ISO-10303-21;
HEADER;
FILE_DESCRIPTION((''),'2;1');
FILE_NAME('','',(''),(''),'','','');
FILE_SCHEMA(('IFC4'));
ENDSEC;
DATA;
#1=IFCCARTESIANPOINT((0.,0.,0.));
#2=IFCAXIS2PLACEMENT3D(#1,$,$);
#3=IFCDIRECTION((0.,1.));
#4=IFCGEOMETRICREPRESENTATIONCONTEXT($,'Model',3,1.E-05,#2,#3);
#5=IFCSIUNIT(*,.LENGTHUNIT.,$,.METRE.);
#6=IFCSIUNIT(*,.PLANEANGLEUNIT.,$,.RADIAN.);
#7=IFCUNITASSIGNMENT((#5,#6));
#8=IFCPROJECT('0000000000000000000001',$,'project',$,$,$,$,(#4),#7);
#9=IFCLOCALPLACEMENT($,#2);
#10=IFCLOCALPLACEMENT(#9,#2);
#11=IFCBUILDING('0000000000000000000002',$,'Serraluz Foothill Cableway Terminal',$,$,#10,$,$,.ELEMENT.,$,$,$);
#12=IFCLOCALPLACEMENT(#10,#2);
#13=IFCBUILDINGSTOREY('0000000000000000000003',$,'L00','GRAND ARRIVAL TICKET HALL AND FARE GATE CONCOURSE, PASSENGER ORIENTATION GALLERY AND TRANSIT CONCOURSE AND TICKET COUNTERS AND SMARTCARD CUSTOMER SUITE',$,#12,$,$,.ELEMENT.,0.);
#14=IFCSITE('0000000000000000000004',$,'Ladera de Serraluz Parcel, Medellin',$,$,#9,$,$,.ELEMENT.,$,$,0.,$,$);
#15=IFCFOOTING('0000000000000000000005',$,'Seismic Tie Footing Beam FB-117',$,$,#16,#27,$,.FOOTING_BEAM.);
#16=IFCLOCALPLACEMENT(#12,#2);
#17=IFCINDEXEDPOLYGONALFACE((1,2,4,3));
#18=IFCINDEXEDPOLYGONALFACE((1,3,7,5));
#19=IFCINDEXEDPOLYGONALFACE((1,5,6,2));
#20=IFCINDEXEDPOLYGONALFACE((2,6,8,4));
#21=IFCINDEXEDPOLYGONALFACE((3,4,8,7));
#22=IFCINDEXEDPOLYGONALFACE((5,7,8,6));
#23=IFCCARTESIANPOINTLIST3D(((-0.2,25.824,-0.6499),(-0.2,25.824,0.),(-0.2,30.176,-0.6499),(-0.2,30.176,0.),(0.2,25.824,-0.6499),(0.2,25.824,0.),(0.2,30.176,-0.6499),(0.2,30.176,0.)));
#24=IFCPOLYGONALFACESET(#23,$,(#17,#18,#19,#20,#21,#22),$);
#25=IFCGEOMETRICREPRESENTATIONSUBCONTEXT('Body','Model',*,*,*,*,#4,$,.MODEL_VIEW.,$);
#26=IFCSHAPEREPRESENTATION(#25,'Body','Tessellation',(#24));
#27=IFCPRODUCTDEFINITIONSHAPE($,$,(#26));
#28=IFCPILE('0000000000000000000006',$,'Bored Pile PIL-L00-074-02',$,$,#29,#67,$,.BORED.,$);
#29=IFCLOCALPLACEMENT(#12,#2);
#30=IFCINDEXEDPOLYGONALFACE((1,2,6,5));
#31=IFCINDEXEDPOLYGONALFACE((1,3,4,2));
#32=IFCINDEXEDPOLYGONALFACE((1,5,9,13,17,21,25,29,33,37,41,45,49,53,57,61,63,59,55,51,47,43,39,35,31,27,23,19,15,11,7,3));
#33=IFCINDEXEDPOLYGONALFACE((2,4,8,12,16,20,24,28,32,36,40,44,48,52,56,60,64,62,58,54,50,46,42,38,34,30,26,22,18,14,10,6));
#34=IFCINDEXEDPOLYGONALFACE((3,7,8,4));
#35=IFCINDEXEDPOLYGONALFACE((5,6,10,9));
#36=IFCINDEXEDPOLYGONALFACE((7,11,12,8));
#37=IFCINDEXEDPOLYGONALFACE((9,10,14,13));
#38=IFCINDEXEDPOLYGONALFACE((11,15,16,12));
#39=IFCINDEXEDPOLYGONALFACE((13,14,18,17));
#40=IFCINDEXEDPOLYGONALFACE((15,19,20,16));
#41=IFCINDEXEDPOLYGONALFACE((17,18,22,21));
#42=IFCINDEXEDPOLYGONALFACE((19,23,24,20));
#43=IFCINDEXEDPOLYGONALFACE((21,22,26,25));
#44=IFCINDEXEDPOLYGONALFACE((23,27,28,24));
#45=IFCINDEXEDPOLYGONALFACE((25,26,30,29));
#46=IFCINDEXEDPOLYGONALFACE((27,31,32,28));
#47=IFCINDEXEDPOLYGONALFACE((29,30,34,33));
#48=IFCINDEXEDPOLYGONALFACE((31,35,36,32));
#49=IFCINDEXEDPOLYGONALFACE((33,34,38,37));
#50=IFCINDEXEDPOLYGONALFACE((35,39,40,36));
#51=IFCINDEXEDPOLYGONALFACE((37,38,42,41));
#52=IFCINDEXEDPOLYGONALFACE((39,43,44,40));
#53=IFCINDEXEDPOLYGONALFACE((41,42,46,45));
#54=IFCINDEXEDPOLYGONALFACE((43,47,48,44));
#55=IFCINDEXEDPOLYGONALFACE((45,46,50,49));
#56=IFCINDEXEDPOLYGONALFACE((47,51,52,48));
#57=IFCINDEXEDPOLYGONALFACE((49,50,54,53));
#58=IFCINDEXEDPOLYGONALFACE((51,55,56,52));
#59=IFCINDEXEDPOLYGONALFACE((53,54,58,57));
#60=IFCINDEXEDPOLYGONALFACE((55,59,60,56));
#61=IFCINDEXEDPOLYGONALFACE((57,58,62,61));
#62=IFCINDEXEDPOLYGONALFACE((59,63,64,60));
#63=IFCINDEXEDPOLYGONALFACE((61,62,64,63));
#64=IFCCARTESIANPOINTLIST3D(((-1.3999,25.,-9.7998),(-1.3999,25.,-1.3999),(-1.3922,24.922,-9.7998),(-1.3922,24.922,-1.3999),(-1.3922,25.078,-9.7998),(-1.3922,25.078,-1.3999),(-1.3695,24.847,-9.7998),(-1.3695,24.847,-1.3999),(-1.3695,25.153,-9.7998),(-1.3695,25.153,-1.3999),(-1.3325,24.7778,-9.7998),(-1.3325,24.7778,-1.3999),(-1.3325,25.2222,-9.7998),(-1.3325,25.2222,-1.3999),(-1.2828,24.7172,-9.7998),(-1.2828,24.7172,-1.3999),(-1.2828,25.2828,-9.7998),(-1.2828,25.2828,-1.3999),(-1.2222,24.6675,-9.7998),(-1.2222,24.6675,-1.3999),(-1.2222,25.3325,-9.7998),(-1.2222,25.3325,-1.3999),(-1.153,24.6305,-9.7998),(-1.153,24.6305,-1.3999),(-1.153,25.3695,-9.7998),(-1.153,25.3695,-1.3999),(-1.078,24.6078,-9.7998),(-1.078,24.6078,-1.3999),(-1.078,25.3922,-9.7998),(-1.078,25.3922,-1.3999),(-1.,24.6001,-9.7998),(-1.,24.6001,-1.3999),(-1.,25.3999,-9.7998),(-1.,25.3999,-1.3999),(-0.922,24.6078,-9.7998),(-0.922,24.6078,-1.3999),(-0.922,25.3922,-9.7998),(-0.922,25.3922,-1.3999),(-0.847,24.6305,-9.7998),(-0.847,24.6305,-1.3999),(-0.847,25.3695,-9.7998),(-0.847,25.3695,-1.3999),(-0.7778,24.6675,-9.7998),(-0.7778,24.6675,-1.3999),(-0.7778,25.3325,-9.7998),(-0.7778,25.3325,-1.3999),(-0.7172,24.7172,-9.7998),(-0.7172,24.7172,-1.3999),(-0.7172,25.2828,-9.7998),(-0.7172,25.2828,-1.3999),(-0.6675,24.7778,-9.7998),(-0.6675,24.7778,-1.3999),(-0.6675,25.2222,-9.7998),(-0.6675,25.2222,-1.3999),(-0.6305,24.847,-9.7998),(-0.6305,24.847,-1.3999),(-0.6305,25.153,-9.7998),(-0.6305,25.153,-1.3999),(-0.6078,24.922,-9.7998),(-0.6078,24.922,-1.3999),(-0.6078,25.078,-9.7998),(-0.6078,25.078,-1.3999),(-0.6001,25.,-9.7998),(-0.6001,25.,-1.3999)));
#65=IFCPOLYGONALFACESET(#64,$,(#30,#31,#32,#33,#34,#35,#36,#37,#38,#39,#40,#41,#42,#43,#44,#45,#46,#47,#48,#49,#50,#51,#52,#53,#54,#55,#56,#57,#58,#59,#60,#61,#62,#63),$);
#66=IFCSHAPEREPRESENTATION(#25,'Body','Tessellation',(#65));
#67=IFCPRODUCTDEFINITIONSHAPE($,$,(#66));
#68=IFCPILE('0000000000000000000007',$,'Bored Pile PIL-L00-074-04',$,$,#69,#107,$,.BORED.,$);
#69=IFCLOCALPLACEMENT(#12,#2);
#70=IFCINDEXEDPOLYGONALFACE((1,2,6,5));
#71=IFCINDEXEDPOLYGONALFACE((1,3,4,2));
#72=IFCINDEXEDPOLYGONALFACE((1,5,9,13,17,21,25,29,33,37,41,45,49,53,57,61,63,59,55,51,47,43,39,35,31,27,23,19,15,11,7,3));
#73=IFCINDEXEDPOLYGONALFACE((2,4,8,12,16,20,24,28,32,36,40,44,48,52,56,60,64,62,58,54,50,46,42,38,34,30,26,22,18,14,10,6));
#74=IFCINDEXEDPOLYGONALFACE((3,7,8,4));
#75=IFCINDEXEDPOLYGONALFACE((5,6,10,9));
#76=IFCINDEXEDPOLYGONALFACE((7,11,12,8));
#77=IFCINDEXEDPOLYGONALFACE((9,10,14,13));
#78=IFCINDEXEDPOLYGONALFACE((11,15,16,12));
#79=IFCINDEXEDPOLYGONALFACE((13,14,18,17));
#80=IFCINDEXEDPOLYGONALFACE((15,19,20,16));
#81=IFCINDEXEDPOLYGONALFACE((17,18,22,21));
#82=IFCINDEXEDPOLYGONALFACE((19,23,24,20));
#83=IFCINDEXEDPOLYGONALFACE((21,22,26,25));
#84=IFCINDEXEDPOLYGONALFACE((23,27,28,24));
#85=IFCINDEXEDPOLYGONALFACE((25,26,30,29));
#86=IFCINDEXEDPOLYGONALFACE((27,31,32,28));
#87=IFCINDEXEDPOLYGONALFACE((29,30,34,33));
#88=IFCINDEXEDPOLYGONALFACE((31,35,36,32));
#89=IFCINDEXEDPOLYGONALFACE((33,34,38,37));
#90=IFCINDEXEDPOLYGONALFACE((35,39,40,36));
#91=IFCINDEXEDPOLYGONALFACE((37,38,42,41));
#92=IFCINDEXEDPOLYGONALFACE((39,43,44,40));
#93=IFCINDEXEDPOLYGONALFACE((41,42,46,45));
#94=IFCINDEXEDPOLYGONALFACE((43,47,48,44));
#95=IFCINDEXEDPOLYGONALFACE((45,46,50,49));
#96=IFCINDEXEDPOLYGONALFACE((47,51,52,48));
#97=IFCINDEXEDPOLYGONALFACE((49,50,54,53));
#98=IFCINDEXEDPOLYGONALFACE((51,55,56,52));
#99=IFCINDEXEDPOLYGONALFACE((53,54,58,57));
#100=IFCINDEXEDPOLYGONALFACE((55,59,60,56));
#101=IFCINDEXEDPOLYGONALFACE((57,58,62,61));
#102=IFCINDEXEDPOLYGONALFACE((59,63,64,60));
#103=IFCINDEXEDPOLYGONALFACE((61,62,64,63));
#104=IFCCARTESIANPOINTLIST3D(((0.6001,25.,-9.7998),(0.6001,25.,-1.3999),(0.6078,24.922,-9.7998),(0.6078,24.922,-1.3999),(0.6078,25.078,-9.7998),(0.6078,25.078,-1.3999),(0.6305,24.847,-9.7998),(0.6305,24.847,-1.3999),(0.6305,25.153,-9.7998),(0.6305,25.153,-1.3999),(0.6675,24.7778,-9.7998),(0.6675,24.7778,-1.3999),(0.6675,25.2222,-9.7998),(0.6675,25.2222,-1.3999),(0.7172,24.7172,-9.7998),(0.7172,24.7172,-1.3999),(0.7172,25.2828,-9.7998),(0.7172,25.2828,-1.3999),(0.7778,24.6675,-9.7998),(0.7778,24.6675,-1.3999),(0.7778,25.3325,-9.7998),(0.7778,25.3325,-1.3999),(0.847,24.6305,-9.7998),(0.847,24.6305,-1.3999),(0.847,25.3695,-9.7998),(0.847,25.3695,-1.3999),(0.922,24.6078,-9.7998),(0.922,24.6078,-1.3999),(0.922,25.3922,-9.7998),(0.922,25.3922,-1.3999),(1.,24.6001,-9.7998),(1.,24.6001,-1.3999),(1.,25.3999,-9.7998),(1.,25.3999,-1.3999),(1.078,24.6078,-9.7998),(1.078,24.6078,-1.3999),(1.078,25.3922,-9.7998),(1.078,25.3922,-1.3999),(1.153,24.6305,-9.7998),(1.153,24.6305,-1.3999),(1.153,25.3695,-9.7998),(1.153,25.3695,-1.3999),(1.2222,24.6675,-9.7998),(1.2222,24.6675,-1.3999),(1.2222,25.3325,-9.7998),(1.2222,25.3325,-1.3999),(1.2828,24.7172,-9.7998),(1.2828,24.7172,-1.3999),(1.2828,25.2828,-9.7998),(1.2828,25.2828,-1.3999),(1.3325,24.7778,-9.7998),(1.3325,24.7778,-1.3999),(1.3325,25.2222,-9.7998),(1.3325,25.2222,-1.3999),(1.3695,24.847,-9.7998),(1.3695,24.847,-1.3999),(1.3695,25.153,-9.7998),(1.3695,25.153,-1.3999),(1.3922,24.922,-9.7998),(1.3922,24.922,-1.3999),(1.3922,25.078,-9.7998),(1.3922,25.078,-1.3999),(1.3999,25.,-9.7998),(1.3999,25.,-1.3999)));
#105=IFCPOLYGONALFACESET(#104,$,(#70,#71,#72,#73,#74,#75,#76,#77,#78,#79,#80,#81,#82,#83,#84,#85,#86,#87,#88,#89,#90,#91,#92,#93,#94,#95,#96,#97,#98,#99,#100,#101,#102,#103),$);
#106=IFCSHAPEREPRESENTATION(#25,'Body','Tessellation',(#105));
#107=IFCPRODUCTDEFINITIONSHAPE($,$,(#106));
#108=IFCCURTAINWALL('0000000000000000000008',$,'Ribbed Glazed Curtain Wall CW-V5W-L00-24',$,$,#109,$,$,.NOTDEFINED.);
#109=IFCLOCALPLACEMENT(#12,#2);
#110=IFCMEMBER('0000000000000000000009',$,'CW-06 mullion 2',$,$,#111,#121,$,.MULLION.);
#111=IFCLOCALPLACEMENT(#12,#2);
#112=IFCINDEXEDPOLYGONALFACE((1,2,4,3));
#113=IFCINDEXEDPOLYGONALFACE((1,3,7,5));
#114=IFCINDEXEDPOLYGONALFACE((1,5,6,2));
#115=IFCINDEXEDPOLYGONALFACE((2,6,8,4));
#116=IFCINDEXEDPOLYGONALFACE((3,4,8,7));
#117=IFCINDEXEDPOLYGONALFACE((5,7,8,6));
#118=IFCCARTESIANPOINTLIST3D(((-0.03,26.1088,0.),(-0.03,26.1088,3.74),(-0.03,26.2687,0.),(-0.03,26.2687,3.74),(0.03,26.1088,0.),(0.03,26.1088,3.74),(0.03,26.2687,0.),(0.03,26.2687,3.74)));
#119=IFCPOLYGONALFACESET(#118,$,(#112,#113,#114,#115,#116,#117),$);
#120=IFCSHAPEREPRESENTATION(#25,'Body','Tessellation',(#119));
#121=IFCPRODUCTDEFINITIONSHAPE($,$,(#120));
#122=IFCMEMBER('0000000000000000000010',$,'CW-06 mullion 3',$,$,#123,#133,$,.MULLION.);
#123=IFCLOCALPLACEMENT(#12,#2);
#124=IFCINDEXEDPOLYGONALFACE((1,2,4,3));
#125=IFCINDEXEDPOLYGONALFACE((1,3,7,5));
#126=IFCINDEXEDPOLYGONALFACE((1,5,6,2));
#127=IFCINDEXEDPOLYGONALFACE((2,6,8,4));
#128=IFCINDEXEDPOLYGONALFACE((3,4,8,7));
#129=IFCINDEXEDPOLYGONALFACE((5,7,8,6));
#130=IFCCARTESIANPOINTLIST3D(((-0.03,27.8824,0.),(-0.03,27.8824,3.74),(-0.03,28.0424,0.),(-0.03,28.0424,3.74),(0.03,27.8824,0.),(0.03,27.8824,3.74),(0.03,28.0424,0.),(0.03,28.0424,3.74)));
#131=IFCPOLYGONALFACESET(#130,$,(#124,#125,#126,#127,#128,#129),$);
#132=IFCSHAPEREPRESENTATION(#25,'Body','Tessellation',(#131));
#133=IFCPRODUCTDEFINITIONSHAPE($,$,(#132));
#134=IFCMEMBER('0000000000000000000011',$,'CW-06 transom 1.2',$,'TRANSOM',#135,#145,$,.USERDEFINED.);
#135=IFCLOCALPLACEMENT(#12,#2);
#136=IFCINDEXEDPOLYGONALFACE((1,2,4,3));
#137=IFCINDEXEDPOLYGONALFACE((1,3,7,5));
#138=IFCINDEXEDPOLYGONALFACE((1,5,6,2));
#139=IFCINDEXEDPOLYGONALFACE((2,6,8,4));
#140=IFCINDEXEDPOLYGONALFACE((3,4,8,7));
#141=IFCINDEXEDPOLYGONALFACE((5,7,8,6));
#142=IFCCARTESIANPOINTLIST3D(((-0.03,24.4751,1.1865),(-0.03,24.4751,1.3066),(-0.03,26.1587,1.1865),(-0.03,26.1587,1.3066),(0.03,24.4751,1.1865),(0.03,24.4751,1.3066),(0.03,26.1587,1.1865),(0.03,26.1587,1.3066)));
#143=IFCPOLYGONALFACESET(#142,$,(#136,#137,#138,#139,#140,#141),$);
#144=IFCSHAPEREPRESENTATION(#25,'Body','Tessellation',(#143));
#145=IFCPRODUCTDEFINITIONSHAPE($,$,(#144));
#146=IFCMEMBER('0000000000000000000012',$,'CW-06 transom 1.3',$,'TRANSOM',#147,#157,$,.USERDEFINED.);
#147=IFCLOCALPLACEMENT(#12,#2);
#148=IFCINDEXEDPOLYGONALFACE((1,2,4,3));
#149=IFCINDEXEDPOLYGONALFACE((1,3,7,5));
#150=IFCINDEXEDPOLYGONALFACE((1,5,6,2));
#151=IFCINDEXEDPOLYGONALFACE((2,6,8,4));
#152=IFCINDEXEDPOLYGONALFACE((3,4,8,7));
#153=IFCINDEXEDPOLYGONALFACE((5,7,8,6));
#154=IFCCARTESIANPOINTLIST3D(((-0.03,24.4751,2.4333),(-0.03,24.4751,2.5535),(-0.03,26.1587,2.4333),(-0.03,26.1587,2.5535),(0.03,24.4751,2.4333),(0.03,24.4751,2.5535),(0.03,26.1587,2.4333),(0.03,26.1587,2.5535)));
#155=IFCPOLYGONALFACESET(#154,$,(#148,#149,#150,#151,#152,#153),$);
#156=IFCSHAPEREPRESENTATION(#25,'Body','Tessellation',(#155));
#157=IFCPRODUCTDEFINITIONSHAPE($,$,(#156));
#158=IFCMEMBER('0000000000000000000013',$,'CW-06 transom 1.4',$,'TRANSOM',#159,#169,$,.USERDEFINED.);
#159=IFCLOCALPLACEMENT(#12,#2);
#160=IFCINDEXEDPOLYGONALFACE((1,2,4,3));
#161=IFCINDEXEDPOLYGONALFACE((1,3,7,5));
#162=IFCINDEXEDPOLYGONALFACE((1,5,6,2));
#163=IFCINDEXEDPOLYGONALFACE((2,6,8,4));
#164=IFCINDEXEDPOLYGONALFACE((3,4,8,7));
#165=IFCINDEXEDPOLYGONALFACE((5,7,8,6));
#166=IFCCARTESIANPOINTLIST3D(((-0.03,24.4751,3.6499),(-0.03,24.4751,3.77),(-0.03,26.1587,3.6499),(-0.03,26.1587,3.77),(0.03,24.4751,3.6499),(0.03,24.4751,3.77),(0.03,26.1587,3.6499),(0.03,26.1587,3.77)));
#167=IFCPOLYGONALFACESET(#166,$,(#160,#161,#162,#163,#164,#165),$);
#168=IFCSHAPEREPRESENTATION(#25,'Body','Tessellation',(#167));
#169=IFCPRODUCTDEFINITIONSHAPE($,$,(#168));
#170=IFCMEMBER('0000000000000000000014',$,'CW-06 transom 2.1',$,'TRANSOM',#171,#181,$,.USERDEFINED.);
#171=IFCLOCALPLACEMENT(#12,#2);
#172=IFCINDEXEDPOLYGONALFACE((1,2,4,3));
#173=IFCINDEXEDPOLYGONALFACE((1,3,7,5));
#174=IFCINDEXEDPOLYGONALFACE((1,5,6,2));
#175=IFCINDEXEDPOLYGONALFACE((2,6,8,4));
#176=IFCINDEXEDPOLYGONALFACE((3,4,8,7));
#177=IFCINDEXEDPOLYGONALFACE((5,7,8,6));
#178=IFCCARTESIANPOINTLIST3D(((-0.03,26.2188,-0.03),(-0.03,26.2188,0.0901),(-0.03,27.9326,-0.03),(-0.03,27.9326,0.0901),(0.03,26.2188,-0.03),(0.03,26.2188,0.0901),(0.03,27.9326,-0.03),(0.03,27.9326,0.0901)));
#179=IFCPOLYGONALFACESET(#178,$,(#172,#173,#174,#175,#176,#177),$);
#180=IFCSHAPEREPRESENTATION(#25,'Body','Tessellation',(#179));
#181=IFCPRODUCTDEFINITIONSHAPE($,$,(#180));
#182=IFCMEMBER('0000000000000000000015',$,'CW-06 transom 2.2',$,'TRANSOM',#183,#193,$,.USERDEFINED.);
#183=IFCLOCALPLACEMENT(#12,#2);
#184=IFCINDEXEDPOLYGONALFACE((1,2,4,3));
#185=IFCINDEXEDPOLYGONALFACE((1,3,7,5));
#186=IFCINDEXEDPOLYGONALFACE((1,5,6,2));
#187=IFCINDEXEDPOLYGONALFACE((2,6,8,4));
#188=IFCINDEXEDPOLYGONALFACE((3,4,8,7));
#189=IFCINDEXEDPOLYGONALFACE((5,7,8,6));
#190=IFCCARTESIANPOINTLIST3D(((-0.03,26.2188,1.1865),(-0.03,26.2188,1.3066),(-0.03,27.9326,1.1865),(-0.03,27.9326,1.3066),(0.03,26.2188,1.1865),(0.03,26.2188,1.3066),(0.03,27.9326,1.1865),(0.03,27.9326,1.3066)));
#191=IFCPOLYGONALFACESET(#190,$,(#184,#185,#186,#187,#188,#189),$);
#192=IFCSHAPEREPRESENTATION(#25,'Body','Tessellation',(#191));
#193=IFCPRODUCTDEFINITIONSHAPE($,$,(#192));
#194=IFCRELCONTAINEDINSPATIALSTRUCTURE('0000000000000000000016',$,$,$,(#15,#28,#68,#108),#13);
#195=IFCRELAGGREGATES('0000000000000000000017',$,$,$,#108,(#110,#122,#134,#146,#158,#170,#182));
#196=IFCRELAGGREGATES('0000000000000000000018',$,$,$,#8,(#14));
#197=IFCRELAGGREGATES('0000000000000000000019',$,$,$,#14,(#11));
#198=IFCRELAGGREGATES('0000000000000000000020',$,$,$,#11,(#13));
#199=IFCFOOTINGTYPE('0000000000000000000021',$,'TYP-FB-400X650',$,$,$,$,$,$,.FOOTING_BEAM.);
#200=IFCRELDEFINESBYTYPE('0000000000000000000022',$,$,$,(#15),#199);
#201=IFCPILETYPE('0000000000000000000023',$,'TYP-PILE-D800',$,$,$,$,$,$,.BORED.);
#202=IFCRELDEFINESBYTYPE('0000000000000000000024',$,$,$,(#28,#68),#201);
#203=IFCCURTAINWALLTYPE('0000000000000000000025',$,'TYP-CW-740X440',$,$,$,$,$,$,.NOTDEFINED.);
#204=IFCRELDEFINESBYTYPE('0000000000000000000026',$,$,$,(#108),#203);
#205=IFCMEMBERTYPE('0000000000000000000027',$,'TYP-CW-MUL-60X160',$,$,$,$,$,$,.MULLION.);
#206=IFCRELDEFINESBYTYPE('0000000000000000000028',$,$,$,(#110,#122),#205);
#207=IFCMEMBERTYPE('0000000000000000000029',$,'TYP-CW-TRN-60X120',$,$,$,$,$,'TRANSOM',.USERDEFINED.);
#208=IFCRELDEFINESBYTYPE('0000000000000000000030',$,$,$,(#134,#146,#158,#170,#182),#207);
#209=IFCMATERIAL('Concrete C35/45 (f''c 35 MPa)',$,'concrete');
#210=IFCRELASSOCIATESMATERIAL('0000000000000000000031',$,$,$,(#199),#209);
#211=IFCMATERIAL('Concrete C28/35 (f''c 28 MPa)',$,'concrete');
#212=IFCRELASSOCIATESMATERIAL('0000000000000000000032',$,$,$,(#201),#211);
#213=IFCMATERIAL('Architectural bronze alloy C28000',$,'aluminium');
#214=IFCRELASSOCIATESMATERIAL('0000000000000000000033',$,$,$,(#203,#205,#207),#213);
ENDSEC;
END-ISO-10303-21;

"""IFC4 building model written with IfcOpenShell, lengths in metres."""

from ifc_helpers import new_model, si_unit, direction, frame, origin, origin_2d, place, context, subcontext, project, spatial, rectangle, circle, extrude, material, material_profile, profile_set, type_object, element, aggregate, save


model = new_model("IFC4")

# Units and contexts
model_context = context("Model", 3, precision=1e-05, world=origin(), true_north=direction((0.0, 1.0)))
body_context = subcontext(model_context, "Body", "Model", "MODEL_VIEW")
ifc_project = project(units=[si_unit("LENGTHUNIT", "METRE"), si_unit("PLANEANGLEUNIT", "RADIAN")], contexts=[model_context])

# Site, building, storey
site_placement = place(None, origin())
site = spatial("IfcSite", under=ifc_project, at=site_placement, Name="Ladera de Serraluz Parcel, Medellin", CompositionType="ELEMENT", RefElevation=0.0)
building_placement = place(site_placement, origin())
building = spatial("IfcBuilding", under=site, at=building_placement, Name="Serraluz Foothill Cableway Terminal", CompositionType="ELEMENT")
storey_placement = place(building_placement, origin())
storey = spatial("IfcBuildingStorey", under=building, at=storey_placement, Name="L00", Description="GRAND ARRIVAL TICKET HALL AND FARE GATE CONCOURSE, PASSENGER ORIENTATION GALLERY AND TRANSIT CONCOURSE AND TICKET COUNTERS AND SMARTCARD CUSTOMER SUITE", CompositionType="ELEMENT", Elevation=0.0)

# Footing
ifc_material_1 = material(Name="Concrete C35/45 (f'c 35 MPa)", Category="concrete")
ifc_material_profile_1 = material_profile(ifc_material_1, rectangle(XDim=0.3999, YDim=0.6499, at=origin_2d()), Name="RC 400x650")
ifc_profile_set_1 = profile_set([ifc_material_profile_1], Name="Concrete C35/45 (f'c 35 MPa)")
footing_type = type_object("IfcFootingType", Name="TYP-FB-400X650", PredefinedType="FOOTING_BEAM", material=ifc_profile_set_1)
footing_placement = place(storey_placement, frame((0.0, 25.824, -0.325), z_axis=(0.0, 1.0, 0.0), x_axis=(-1.0, 0.0, 0.0)))
element("IfcFooting", 1, at=footing_placement, inside=storey, type_object=footing_type, Name="Seismic Tie Footing Beam FB-117", PredefinedType="FOOTING_BEAM", context=body_context, shape_type="SweptSolid", body=[
    extrude(rectangle(XDim=0.3999, YDim=0.6499, at=origin_2d()), origin(), (0.0, 0.0, 1.0), 4.3521),
])

# Piles
ifc_material_2 = material(Name="Concrete C28/35 (f'c 28 MPa)", Category="concrete")
ifc_material_profile_2 = material_profile(ifc_material_2, circle(Radius=0.3999, at=origin_2d()), Name="BORED PILE D800")
ifc_profile_set_2 = profile_set([ifc_material_profile_2], Name="Concrete C28/35 (f'c 28 MPa)")
pile_type = type_object("IfcPileType", Name="TYP-PILE-D800", PredefinedType="BORED", material=ifc_profile_set_2)
for number, where, z_axis, x_axis, name in (
    (2, (-1.0, 25.0, -1.3999), (0.0, 0.0, -1.0), (1.0, 0.0, 0.0), "Bored Pile PIL-L00-074-02"),
    (3, (1.0, 25.0, -1.3999), (0.0, 0.0, -1.0), (1.0, 0.0, 0.0), "Bored Pile PIL-L00-074-04"),
):
    element("IfcPile", number, at=place(storey_placement, frame(where, z_axis=z_axis, x_axis=x_axis)), inside=storey, type_object=pile_type, Name=name, PredefinedType="BORED", context=body_context, shape_type="SweptSolid", body=[
        extrude(circle(Radius=0.3999, at=origin_2d()), origin(), (0.0, 0.0, 1.0), 8.3999),
    ])

# Curtain wall, members
ifc_material_3 = material(Name="Architectural bronze alloy C28000", Category="aluminium")
curtain_wall_type = type_object("IfcCurtainWallType", Name="TYP-CW-740X440", PredefinedType="NOTDEFINED", material=ifc_material_3)
curtain_wall_placement = place(storey_placement, origin())
curtain_wall = element("IfcCurtainWall", 4, at=curtain_wall_placement, inside=storey, type_object=curtain_wall_type, Name="Ribbed Glazed Curtain Wall CW-V5W-L00-24", PredefinedType="NOTDEFINED")
ifc_material_profile_3 = material_profile(ifc_material_3, rectangle(XDim=0.0601, YDim=0.1599, at=origin_2d()), Name="ALU MULLION 60x160")
ifc_profile_set_3 = profile_set([ifc_material_profile_3], Name="Architectural bronze alloy C28000")
member_type_1 = type_object("IfcMemberType", Name="TYP-CW-MUL-60X160", PredefinedType="MULLION", material=ifc_profile_set_3)
member_1_placement = place(storey_placement, frame((0.0, 26.1887, 0.0), z_axis=(0.0, 0.0, 1.0), x_axis=(-1.0, 0.0, 0.0)))
member_1 = element("IfcMember", 5, at=member_1_placement, type_object=member_type_1, Name="CW-06 mullion 2", PredefinedType="MULLION", context=body_context, shape_type="SweptSolid", body=[
    extrude(rectangle(XDim=0.0601, YDim=0.1599, at=origin_2d()), origin(), (0.0, 0.0, 1.0), 3.74),
])
member_2_placement = place(storey_placement, frame((0.0, 27.9624, 0.0), z_axis=(0.0, 0.0, 1.0), x_axis=(-1.0, 0.0, 0.0)))
member_2 = element("IfcMember", 6, at=member_2_placement, type_object=member_type_1, Name="CW-06 mullion 3", PredefinedType="MULLION", context=body_context, shape_type="SweptSolid", body=[
    extrude(rectangle(XDim=0.0601, YDim=0.1599, at=origin_2d()), origin(), (0.0, 0.0, 1.0), 3.74),
])
ifc_material_profile_4 = material_profile(ifc_material_3, rectangle(XDim=0.0601, YDim=0.1201, at=origin_2d()), Name="ALU TRANSOM 60x120")
ifc_profile_set_4 = profile_set([ifc_material_profile_4], Name="Architectural bronze alloy C28000")
member_type_2 = type_object("IfcMemberType", Name="TYP-CW-TRN-60X120", ElementType="TRANSOM", PredefinedType="USERDEFINED", material=ifc_profile_set_4)
member_3_placement = place(storey_placement, frame((0.0, 24.4751, 1.2466), z_axis=(0.0, 1.0, 0.0), x_axis=(-1.0, 0.0, 0.0)))
member_3 = element("IfcMember", 7, at=member_3_placement, type_object=member_type_2, Name="CW-06 transom 1.2", ObjectType="TRANSOM", PredefinedType="USERDEFINED", context=body_context, shape_type="SweptSolid", body=[
    extrude(rectangle(XDim=0.0601, YDim=0.1201, at=origin_2d()), origin(), (0.0, 0.0, 1.0), 1.6836),
])
member_4_placement = place(storey_placement, frame((0.0, 24.4751, 2.4934), z_axis=(0.0, 1.0, 0.0), x_axis=(-1.0, 0.0, 0.0)))
member_4 = element("IfcMember", 8, at=member_4_placement, type_object=member_type_2, Name="CW-06 transom 1.3", ObjectType="TRANSOM", PredefinedType="USERDEFINED", context=body_context, shape_type="SweptSolid", body=[
    extrude(rectangle(XDim=0.0601, YDim=0.1201, at=origin_2d()), origin(), (0.0, 0.0, 1.0), 1.6836),
])
member_5_placement = place(storey_placement, frame((0.0, 24.4751, 3.71), z_axis=(0.0, 1.0, 0.0), x_axis=(-1.0, 0.0, 0.0)))
member_5 = element("IfcMember", 9, at=member_5_placement, type_object=member_type_2, Name="CW-06 transom 1.4", ObjectType="TRANSOM", PredefinedType="USERDEFINED", context=body_context, shape_type="SweptSolid", body=[
    extrude(rectangle(XDim=0.0601, YDim=0.1201, at=origin_2d()), origin(), (0.0, 0.0, 1.0), 1.6836),
])
member_6_placement = place(storey_placement, frame((0.0, 26.2188, 0.03), z_axis=(0.0, 1.0, 0.0), x_axis=(-1.0, 0.0, 0.0)))
member_6 = element("IfcMember", 10, at=member_6_placement, type_object=member_type_2, Name="CW-06 transom 2.1", ObjectType="TRANSOM", PredefinedType="USERDEFINED", context=body_context, shape_type="SweptSolid", body=[
    extrude(rectangle(XDim=0.0601, YDim=0.1201, at=origin_2d()), origin(), (0.0, 0.0, 1.0), 1.7139),
])
member_7_placement = place(storey_placement, frame((0.0, 26.2188, 1.2466), z_axis=(0.0, 1.0, 0.0), x_axis=(-1.0, 0.0, 0.0)))
member_7 = element("IfcMember", 11, at=member_7_placement, type_object=member_type_2, Name="CW-06 transom 2.2", ObjectType="TRANSOM", PredefinedType="USERDEFINED", context=body_context, shape_type="SweptSolid", body=[
    extrude(rectangle(XDim=0.0601, YDim=0.1201, at=origin_2d()), origin(), (0.0, 0.0, 1.0), 1.7139),
])
aggregate(curtain_wall, [member_1, member_2, member_3, member_4, member_5, member_6, member_7])

save(model, "model.ifc")
